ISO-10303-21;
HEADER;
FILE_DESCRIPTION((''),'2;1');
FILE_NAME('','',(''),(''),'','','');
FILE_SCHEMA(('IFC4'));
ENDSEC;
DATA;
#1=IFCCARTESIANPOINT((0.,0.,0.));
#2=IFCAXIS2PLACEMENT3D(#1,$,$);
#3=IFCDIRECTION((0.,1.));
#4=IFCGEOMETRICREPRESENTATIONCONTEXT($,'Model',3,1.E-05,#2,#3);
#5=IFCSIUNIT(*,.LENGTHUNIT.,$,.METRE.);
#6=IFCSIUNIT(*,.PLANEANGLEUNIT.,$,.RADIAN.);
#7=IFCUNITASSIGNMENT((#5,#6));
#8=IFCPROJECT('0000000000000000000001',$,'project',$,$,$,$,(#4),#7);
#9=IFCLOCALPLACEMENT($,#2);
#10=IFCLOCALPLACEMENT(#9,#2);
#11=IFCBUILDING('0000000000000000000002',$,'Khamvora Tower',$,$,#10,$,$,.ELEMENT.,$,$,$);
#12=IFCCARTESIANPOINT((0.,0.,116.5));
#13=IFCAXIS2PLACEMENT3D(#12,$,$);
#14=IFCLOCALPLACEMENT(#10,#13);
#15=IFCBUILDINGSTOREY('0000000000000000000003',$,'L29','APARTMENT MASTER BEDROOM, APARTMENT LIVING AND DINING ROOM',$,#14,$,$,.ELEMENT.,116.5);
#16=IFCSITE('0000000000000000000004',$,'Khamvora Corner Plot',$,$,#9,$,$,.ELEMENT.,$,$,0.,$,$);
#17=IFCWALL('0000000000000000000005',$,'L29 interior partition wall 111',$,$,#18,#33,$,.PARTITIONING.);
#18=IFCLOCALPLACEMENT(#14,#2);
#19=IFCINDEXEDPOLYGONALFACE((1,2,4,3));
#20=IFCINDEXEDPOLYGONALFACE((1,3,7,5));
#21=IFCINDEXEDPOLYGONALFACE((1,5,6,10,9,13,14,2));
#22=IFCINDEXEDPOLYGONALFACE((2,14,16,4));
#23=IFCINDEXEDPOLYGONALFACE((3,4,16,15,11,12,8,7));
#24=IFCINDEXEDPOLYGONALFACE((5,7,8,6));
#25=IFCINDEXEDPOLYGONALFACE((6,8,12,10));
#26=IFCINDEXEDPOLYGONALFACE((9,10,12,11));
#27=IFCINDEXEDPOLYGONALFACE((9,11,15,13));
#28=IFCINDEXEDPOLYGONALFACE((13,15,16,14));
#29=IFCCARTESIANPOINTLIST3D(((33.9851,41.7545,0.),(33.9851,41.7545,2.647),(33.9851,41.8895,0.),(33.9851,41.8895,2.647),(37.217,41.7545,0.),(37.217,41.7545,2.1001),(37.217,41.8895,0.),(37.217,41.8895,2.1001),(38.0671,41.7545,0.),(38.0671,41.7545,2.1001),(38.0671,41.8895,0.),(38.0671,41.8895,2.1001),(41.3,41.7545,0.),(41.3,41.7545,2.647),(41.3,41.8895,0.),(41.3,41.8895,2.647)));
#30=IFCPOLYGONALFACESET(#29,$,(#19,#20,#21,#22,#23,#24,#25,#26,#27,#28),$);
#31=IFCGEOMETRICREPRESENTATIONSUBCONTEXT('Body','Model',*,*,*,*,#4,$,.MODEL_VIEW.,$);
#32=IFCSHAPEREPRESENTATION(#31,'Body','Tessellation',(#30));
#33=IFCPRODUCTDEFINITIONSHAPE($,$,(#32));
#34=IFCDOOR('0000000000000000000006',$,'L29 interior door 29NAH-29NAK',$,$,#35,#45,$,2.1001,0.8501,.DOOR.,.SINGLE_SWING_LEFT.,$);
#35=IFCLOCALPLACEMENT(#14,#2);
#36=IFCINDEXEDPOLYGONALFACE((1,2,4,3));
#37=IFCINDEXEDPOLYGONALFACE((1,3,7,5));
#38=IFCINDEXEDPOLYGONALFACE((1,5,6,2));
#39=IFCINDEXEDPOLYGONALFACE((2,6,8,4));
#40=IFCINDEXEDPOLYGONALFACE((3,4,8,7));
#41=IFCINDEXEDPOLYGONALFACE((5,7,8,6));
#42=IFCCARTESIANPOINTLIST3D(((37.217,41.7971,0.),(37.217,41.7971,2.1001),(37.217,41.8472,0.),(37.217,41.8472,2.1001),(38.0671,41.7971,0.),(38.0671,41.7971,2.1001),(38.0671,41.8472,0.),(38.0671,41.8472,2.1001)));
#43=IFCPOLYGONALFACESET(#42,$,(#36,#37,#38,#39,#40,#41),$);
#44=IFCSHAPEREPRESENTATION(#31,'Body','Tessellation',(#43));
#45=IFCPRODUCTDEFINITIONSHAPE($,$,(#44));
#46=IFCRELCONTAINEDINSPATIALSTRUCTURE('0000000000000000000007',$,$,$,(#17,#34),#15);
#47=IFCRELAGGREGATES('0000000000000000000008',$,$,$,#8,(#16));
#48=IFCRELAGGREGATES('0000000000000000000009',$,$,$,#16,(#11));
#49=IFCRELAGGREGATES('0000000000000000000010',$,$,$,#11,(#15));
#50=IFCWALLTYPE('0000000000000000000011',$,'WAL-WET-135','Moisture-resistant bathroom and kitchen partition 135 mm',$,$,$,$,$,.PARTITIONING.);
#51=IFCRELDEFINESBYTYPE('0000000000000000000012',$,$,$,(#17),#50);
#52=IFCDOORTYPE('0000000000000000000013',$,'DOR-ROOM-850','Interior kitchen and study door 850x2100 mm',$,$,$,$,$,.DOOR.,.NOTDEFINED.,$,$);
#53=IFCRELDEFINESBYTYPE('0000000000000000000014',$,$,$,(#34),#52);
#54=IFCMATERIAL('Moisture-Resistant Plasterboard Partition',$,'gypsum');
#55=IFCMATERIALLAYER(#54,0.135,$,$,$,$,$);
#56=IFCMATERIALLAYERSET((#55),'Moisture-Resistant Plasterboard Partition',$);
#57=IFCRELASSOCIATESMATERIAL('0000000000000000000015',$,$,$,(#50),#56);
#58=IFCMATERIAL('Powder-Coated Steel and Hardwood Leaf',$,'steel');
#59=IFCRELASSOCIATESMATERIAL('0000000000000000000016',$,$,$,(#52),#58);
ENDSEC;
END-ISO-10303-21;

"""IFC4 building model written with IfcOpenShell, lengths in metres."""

from ifc_helpers import new_model, si_unit, direction, frame, frame_2d, origin, place, context, subcontext, project, spatial, rectangle, extrude, material, layer, layer_set, type_object, element, fill, save


model = new_model("IFC4")

# Units and contexts
model_context = context("Model", 3, precision=1e-05, world=origin(), true_north=direction((0.0, 1.0)))
body_context = subcontext(model_context, "Body", "Model", "MODEL_VIEW")
ifc_project = project(units=[si_unit("LENGTHUNIT", "METRE"), si_unit("PLANEANGLEUNIT", "RADIAN")], contexts=[model_context])

# Site, building, storey
site_placement = place(None, origin())
site = spatial("IfcSite", under=ifc_project, at=site_placement, Name="Khamvora Corner Plot", CompositionType="ELEMENT", RefElevation=0.0)
building_placement = place(site_placement, origin())
building = spatial("IfcBuilding", under=site, at=building_placement, Name="Khamvora Tower", CompositionType="ELEMENT")
storey_placement = place(building_placement, frame((0.0, 0.0, 116.5)))
storey = spatial("IfcBuildingStorey", under=building, at=storey_placement, Name="L29", Description="APARTMENT MASTER BEDROOM, APARTMENT LIVING AND DINING ROOM", CompositionType="ELEMENT", Elevation=116.5)

# Shared definitions
ifc_material_1 = material(Name="Powder-Coated Steel and Hardwood Leaf", Category="steel")

# Wall, opening, door
ifc_material_2 = material(Name="Moisture-Resistant Plasterboard Partition", Category="gypsum")
ifc_layer_1 = layer(ifc_material_2, 0.135)
ifc_layer_set_1 = layer_set([ifc_layer_1], Name="Moisture-Resistant Plasterboard Partition")
wall_type_1 = type_object("IfcWallType", Name="WAL-WET-135", Description="Moisture-resistant bathroom and kitchen partition 135 mm", PredefinedType="PARTITIONING", material=ifc_layer_set_1)
wall_1_placement = place(storey_placement, frame((41.3, 41.822, 0.0), z_axis=(0.0, 0.0, 1.0), x_axis=(-1.0, 0.0, 0.0)))
wall_1 = element("IfcWall", 1, at=wall_1_placement, inside=storey, type_object=wall_type_1, Name="L29 interior partition wall 111", PredefinedType="PARTITIONING", context=body_context, shape_type="SweptSolid", body=[
    extrude(rectangle(XDim=7.3149, YDim=0.135, at=frame_2d((3.6575, 0.0))), origin(), (0.0, 0.0, 1.0), 2.647),
])
opening_1_placement = place(wall_1_placement, frame((3.2329, 0.0, 0.0)))
opening_1 = element("IfcOpeningElement", 2, at=opening_1_placement, cuts=wall_1, PredefinedType="OPENING", context=body_context, shape_type="SweptSolid", body=[
    extrude(rectangle(XDim=0.8501, YDim=2.1001, at=frame_2d((0.425, 1.05))), frame((0.0, 0.0774, 0.0), z_axis=(0.0, -1.0, 0.0), x_axis=(1.0, 0.0, 0.0)), (0.0, 0.0, 1.0), 0.155),
])
door_type_1 = type_object("IfcDoorType", Name="DOR-ROOM-850", Description="Interior kitchen and study door 850x2100 mm", OperationType="NOTDEFINED", PredefinedType="DOOR", material=ifc_material_1)
door_1_placement = place(opening_1_placement, origin())
door_1 = element("IfcDoor", 3, at=door_1_placement, inside=storey, type_object=door_type_1, Name="L29 interior door 29NAH-29NAK", OperationType="SINGLE_SWING_LEFT", OverallHeight=2.1001, OverallWidth=0.8501, PredefinedType="DOOR", context=body_context, shape_type="SweptSolid", body=[
    extrude(rectangle(XDim=0.8501, YDim=2.1001, at=frame_2d((0.425, 1.05))), frame((0.0, 0.0249, 0.0), z_axis=(0.0, -1.0, 0.0), x_axis=(1.0, 0.0, 0.0)), (0.0, 0.0, 1.0), 0.05),
])
fill(opening_1, door_1)

save(model, "model.ifc")
